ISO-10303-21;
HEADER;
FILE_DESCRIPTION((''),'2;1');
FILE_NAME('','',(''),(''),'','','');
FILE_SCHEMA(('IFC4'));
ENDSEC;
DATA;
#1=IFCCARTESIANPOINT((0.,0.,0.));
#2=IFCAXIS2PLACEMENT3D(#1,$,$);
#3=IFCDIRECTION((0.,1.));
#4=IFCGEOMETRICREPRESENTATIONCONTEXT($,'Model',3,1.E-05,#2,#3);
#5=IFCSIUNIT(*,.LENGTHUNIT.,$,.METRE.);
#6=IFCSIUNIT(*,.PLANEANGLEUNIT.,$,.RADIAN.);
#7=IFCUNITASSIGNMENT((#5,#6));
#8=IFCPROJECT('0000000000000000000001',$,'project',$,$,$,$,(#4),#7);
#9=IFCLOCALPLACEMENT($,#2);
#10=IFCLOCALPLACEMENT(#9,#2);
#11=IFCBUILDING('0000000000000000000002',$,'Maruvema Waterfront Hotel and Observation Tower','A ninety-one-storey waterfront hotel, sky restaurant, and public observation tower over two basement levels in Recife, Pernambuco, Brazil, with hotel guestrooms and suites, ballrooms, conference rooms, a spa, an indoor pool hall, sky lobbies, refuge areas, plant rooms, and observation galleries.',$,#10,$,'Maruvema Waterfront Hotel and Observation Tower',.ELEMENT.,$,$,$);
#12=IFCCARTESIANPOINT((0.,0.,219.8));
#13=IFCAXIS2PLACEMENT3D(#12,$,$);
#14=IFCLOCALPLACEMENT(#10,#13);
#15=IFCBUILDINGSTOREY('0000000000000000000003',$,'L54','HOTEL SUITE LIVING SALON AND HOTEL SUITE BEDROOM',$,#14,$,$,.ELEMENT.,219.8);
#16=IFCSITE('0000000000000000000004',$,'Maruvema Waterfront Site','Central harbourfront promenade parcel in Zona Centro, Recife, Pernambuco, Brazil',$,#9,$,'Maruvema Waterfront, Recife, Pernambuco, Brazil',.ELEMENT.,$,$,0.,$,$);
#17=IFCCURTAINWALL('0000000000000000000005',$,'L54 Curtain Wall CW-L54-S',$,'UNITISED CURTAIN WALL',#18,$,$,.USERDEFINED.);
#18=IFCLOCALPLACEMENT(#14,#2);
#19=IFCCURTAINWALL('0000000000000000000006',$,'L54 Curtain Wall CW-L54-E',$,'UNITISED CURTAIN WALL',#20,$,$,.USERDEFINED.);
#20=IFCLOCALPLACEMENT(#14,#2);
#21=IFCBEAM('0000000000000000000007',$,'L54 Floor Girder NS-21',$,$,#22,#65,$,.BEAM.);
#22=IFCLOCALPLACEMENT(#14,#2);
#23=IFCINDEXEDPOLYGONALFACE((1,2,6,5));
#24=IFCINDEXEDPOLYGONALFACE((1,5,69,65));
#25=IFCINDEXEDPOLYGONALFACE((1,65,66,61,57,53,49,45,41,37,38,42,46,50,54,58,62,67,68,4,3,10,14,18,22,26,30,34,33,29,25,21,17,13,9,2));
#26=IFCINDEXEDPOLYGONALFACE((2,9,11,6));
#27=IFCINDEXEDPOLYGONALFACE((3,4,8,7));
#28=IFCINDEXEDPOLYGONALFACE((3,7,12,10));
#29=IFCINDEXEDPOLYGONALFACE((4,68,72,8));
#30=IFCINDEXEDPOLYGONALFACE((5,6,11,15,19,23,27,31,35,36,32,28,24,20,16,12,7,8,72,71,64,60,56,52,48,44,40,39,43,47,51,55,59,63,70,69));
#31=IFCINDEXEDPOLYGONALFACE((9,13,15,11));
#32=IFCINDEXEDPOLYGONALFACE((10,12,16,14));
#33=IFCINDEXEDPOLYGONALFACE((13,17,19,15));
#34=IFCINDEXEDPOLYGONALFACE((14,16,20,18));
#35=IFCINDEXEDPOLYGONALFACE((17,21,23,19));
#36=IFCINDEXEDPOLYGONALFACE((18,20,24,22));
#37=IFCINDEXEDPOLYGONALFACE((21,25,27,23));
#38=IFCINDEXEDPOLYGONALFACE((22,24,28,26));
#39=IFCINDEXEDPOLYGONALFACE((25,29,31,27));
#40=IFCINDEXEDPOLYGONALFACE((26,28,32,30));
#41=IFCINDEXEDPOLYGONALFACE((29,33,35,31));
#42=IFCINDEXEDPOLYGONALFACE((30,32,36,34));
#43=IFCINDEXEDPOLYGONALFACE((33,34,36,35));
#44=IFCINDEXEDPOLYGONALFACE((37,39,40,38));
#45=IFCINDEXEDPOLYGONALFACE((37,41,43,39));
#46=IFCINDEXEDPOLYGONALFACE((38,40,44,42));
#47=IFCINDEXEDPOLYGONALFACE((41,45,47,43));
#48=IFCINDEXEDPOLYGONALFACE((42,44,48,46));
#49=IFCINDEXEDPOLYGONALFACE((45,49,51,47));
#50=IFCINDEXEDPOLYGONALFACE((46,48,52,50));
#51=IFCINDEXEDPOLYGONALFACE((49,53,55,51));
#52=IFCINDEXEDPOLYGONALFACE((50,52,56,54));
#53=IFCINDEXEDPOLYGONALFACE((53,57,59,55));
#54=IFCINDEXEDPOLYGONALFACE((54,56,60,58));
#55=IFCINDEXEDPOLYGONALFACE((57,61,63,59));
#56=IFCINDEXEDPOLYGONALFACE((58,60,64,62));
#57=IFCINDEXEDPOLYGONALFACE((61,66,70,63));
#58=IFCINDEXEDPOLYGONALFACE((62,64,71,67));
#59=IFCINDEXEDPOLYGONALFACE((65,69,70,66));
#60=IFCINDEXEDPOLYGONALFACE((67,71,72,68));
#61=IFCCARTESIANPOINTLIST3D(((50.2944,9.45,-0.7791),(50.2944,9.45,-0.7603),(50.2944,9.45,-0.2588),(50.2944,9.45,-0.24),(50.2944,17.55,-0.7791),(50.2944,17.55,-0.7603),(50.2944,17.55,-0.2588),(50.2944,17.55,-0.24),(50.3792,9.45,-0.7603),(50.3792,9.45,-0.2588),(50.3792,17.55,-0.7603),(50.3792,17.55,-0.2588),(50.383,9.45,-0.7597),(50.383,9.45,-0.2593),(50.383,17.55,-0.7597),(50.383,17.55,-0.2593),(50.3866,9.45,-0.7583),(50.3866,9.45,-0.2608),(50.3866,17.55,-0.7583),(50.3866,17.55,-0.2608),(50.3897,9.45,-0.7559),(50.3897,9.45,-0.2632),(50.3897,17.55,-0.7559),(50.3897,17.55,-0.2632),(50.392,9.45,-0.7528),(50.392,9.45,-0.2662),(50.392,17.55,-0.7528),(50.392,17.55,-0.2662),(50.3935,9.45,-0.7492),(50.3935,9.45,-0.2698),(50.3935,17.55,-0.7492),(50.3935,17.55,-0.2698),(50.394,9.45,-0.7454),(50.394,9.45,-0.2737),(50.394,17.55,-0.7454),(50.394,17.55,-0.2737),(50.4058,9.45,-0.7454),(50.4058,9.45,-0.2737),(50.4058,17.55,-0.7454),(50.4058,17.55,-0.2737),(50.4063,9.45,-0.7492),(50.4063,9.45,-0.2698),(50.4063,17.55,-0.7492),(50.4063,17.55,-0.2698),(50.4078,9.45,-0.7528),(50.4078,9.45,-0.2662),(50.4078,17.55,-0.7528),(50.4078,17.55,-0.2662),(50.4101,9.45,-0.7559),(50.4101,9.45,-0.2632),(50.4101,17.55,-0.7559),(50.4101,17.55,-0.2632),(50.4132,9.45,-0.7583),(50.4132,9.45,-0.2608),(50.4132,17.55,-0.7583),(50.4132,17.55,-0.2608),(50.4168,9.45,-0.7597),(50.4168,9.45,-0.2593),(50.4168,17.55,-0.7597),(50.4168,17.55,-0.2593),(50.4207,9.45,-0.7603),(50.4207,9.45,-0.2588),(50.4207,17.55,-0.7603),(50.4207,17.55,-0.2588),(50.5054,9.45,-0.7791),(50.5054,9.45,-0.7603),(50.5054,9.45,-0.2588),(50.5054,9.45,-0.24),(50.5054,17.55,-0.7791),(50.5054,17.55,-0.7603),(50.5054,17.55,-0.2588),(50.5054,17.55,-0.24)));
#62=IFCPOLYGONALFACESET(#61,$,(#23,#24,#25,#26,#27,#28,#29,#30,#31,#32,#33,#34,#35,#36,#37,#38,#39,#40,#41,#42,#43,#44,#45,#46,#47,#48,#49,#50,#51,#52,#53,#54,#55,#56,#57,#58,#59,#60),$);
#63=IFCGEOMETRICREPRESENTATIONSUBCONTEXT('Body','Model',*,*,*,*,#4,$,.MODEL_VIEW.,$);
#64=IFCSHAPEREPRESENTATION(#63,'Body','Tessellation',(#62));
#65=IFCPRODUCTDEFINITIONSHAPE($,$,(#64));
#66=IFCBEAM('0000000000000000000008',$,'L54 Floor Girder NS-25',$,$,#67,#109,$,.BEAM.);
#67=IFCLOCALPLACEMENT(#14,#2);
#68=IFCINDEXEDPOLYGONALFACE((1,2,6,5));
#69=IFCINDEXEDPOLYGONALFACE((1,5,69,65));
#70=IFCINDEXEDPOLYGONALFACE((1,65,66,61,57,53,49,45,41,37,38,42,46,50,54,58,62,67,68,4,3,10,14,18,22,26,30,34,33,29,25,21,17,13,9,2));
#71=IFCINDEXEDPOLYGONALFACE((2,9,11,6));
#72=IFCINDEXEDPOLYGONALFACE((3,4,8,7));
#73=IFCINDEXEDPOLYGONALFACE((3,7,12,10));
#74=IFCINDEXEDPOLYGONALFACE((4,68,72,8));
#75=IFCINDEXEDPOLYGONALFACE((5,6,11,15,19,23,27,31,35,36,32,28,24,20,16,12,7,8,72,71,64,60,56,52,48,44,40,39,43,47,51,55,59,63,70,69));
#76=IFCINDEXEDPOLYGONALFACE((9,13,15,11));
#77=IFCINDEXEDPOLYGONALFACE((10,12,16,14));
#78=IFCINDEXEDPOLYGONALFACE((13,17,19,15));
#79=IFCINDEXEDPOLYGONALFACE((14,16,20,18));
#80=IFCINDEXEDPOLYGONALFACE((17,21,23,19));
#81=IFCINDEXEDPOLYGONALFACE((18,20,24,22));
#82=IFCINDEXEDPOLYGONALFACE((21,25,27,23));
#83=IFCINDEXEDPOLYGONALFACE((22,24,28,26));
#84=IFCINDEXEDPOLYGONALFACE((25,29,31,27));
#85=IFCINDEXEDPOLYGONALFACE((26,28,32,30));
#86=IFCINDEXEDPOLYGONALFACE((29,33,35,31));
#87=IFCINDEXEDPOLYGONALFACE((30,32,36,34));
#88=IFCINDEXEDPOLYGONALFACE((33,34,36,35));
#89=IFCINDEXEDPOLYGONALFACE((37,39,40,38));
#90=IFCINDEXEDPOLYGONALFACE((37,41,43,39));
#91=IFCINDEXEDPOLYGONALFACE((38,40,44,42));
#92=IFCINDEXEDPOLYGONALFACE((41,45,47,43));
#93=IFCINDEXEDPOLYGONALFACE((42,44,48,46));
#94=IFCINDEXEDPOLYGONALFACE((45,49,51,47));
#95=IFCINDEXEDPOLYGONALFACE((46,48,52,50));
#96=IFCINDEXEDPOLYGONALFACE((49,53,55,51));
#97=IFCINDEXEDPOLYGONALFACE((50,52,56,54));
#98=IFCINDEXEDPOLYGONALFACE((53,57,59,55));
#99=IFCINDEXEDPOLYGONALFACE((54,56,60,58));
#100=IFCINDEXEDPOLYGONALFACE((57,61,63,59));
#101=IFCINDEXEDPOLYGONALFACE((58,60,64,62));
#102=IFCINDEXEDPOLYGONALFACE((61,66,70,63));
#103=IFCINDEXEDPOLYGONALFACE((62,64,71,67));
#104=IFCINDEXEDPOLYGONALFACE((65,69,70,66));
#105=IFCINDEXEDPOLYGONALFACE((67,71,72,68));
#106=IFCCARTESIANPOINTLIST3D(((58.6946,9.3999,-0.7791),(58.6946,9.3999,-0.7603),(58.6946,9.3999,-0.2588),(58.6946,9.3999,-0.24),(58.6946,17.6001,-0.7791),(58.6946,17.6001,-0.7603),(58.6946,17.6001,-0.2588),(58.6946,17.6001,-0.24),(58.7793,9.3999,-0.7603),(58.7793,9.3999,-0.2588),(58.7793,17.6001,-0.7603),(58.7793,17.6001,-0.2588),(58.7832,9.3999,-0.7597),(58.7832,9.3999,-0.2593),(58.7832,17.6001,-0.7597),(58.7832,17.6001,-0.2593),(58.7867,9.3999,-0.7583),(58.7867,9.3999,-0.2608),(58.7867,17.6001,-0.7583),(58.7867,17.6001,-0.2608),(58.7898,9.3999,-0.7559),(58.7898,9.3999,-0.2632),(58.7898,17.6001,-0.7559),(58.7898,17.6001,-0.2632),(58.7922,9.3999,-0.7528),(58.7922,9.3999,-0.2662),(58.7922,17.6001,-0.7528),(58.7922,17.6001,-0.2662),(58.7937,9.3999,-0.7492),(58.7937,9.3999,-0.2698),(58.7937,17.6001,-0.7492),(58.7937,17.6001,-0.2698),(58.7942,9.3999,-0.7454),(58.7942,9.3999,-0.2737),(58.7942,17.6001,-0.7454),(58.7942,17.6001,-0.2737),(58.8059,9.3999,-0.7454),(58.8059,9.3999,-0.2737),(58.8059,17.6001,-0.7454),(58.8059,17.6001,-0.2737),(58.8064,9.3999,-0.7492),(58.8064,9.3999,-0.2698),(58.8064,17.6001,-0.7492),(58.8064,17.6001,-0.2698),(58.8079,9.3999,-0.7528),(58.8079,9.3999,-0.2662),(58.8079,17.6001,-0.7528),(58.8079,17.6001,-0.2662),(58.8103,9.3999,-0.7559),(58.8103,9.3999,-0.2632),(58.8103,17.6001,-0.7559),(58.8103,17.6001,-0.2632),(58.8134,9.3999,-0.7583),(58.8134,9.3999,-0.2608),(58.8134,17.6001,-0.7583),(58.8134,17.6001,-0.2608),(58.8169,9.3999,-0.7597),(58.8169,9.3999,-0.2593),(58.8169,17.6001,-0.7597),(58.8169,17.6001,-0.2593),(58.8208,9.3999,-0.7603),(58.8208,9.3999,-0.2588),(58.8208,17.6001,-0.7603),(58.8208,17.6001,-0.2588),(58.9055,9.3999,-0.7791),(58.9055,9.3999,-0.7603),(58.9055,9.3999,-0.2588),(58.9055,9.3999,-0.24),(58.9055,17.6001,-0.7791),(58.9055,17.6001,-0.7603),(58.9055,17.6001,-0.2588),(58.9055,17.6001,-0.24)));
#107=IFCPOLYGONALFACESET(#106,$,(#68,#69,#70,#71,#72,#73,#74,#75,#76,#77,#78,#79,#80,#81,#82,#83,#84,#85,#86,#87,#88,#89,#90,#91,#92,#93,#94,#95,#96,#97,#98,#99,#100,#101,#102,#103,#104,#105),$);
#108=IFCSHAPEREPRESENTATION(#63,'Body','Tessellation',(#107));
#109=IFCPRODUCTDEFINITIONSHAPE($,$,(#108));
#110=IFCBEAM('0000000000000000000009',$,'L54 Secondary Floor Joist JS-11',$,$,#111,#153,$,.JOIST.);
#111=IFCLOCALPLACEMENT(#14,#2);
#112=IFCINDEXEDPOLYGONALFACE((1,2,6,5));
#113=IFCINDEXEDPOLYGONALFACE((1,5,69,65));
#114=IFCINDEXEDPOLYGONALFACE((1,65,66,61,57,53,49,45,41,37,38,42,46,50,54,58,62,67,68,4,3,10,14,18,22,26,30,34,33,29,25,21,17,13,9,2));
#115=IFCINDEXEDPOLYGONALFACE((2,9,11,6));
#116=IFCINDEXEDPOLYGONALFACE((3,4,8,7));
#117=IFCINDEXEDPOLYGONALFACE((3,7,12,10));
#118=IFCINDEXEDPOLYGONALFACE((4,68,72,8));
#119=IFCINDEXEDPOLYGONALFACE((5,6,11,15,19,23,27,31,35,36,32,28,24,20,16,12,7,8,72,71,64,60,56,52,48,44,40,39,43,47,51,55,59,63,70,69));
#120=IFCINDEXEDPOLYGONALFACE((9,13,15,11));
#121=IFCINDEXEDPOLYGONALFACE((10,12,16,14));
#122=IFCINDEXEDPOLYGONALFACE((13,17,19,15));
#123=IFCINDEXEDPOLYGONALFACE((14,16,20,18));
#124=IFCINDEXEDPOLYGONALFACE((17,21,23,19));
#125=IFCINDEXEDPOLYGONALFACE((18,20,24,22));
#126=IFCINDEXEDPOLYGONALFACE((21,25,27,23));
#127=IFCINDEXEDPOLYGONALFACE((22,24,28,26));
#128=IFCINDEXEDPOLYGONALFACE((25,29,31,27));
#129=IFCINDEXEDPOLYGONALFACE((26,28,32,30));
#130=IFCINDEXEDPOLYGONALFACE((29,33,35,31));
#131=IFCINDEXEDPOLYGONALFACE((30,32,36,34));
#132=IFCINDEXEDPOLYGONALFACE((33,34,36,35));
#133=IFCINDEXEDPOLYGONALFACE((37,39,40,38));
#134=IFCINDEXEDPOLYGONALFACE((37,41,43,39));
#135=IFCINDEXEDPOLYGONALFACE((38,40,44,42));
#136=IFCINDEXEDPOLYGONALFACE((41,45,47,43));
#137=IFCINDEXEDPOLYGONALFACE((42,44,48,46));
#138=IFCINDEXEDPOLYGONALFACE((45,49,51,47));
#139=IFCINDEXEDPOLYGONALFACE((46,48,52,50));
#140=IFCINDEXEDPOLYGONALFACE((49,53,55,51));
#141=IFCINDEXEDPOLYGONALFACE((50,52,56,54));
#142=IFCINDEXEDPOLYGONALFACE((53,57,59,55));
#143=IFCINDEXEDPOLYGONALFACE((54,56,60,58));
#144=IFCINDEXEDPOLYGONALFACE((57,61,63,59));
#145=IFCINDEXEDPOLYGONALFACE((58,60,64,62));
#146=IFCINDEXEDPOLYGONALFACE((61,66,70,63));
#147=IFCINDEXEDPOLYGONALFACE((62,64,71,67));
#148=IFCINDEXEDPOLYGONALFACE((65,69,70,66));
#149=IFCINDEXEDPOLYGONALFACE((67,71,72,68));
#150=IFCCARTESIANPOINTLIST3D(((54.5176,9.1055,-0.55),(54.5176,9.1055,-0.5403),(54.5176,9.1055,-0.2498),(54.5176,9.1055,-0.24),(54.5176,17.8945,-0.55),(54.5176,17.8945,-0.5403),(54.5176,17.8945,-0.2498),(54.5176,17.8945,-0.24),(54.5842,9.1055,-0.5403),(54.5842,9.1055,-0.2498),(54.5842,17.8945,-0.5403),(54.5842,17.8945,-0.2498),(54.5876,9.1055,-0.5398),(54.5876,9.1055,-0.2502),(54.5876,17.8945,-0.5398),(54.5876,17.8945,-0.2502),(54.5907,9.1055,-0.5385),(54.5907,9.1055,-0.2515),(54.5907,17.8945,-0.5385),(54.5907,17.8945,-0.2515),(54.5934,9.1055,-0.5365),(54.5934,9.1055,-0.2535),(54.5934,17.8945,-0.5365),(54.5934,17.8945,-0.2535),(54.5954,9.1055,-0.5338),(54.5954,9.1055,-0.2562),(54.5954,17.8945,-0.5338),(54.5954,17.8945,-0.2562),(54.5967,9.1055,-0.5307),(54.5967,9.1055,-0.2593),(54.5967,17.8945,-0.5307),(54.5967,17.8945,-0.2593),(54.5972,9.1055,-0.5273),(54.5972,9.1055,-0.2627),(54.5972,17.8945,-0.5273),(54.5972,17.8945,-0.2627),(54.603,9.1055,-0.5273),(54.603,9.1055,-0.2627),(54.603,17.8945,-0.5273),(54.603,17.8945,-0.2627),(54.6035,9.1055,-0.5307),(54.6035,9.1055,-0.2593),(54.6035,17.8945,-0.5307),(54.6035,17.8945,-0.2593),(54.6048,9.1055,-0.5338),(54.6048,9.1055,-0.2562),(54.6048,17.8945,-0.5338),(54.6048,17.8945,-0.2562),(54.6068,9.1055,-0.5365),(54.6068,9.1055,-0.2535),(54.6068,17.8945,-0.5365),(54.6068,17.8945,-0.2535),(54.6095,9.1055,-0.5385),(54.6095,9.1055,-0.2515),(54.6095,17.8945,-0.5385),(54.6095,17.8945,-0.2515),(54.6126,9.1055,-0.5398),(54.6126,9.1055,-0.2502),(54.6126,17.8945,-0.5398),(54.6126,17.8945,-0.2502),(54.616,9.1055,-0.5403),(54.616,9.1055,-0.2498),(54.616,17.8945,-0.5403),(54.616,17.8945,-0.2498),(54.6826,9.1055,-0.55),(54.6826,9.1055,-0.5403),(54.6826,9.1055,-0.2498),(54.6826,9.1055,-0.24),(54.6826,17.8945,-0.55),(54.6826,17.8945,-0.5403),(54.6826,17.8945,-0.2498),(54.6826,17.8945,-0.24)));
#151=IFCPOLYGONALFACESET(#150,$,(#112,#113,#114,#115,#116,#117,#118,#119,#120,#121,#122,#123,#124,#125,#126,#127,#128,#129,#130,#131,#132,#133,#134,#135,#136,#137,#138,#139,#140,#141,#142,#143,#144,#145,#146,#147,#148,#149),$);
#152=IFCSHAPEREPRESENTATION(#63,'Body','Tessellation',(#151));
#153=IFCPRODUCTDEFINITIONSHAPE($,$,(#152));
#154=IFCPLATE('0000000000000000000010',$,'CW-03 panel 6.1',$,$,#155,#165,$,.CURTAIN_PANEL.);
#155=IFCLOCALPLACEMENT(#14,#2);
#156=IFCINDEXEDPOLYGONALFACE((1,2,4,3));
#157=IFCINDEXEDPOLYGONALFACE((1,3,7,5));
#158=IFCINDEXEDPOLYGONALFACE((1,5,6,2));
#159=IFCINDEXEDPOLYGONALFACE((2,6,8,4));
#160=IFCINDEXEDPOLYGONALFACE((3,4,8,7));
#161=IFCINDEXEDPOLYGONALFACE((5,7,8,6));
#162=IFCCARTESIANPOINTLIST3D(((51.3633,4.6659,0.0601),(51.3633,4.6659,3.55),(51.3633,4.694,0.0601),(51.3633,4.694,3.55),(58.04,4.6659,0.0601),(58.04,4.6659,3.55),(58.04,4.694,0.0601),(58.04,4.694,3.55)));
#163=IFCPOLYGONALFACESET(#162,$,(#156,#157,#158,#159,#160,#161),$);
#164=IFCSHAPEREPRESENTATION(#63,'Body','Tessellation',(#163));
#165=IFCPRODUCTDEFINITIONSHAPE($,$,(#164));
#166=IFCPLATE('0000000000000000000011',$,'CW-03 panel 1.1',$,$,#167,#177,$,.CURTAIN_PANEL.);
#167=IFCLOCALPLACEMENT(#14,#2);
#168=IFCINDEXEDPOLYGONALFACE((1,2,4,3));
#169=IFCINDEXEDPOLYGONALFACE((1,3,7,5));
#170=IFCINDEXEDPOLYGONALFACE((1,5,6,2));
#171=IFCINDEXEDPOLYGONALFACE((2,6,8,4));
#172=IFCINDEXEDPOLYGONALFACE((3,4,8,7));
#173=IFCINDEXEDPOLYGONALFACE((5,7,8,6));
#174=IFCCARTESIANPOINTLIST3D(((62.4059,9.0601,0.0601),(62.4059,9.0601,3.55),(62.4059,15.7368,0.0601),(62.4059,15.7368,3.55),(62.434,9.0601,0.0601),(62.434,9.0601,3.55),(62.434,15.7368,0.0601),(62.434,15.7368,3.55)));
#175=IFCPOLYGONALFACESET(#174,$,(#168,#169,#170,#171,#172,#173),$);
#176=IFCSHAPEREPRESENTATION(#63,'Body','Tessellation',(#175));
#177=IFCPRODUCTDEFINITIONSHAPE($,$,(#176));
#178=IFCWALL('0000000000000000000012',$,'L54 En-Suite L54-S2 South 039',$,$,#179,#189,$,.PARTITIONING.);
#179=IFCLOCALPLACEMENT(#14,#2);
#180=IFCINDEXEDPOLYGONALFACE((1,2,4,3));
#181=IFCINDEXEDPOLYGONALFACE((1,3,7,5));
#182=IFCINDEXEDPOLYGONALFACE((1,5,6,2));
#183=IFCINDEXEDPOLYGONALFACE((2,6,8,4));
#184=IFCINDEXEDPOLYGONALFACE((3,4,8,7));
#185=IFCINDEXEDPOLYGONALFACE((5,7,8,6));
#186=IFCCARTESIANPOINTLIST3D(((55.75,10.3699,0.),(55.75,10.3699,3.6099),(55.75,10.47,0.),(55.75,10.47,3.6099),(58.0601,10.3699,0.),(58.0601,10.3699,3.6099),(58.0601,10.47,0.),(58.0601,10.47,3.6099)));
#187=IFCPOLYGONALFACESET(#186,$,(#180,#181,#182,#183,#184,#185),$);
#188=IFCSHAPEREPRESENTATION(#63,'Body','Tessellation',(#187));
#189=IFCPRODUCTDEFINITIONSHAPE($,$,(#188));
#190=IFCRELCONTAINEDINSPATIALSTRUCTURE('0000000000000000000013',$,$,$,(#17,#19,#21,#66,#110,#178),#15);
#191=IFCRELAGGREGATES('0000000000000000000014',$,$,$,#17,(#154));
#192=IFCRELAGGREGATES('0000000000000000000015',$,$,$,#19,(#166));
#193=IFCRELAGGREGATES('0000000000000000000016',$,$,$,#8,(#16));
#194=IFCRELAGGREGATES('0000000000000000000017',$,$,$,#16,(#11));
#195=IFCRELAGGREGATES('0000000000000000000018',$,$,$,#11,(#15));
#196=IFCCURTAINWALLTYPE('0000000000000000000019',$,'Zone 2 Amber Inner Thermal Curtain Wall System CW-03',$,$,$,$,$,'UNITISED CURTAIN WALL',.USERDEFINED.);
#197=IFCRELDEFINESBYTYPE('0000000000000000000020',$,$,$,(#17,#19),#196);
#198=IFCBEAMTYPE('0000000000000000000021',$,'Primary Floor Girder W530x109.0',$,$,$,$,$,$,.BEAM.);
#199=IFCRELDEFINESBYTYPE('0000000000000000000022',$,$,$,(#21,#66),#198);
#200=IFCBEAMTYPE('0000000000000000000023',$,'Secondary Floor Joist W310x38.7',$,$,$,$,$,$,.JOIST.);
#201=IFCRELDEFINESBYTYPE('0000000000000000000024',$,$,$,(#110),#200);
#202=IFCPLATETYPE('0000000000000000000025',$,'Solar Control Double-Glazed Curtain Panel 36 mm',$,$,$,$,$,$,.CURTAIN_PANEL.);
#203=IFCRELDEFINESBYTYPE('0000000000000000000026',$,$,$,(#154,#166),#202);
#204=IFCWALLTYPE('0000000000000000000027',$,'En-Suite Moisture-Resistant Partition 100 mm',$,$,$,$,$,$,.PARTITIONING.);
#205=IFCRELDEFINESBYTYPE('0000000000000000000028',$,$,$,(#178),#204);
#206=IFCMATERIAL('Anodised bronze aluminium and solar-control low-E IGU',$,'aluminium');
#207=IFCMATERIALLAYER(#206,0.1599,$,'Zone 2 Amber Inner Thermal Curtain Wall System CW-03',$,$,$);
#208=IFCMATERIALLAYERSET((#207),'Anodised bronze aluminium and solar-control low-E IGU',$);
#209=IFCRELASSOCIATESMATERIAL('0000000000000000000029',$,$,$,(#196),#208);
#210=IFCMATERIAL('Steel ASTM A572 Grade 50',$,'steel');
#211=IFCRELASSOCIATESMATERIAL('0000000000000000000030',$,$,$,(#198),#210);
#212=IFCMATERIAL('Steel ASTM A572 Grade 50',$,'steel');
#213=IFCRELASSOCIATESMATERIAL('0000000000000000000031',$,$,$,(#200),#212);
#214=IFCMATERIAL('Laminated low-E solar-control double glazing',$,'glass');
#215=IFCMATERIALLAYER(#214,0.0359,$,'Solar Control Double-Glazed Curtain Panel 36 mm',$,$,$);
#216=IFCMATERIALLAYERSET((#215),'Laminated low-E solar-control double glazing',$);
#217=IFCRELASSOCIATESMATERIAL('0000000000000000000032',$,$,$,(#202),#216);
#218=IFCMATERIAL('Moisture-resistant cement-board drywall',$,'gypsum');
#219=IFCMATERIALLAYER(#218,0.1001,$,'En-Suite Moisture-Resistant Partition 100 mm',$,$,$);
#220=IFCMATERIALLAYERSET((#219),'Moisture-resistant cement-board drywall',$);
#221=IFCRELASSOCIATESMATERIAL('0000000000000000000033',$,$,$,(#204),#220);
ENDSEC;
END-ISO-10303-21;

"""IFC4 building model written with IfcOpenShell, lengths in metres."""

from ifc_helpers import new_model, si_unit, direction, frame, frame_2d, origin, origin_2d, place, context, subcontext, project, spatial, rectangle, i_section, extrude, material, layer, layer_set, material_profile, profile_set, type_object, element, aggregate, save


model = new_model("IFC4")

# Units and contexts
model_context = context("Model", 3, precision=1e-05, world=origin(), true_north=direction((0.0, 1.0)))
body_context = subcontext(model_context, "Body", "Model", "MODEL_VIEW")
ifc_project = project(units=[si_unit("LENGTHUNIT", "METRE"), si_unit("PLANEANGLEUNIT", "RADIAN")], contexts=[model_context])

# Site, building, storey
site_placement = place(None, origin())
site = spatial("IfcSite", under=ifc_project, at=site_placement, Name="Maruvema Waterfront Site", Description="Central harbourfront promenade parcel in Zona Centro, Recife, Pernambuco, Brazil", LongName="Maruvema Waterfront, Recife, Pernambuco, Brazil", CompositionType="ELEMENT", RefElevation=0.0)
building_placement = place(site_placement, origin())
building = spatial("IfcBuilding", under=site, at=building_placement, Name="Maruvema Waterfront Hotel and Observation Tower", Description="A ninety-one-storey waterfront hotel, sky restaurant, and public observation tower over two basement levels in Recife, Pernambuco, Brazil, with hotel guestrooms and suites, ballrooms, conference rooms, a spa, an indoor pool hall, sky lobbies, refuge areas, plant rooms, and observation galleries.", LongName="Maruvema Waterfront Hotel and Observation Tower", CompositionType="ELEMENT")
storey_placement = place(building_placement, frame((0.0, 0.0, 219.8)))
storey = spatial("IfcBuildingStorey", under=building, at=storey_placement, Name="L54", Description="HOTEL SUITE LIVING SALON AND HOTEL SUITE BEDROOM", CompositionType="ELEMENT", Elevation=219.8)

# Curtain walls
ifc_material_1 = material(Name="Anodised bronze aluminium and solar-control low-E IGU", Category="aluminium")
ifc_layer_1 = layer(ifc_material_1, 0.1599, Name="Zone 2 Amber Inner Thermal Curtain Wall System CW-03")
ifc_layer_set_1 = layer_set([ifc_layer_1], Name="Anodised bronze aluminium and solar-control low-E IGU")
curtain_wall_type = type_object("IfcCurtainWallType", Name="Zone 2 Amber Inner Thermal Curtain Wall System CW-03", ElementType="UNITISED CURTAIN WALL", PredefinedType="USERDEFINED", material=ifc_layer_set_1)
curtain_wall_1_placement = place(storey_placement, origin())
curtain_wall_1 = element("IfcCurtainWall", 1, at=curtain_wall_1_placement, inside=storey, type_object=curtain_wall_type, Name="L54 Curtain Wall CW-L54-S", ObjectType="UNITISED CURTAIN WALL", PredefinedType="USERDEFINED")
curtain_wall_2_placement = place(storey_placement, origin())
curtain_wall_2 = element("IfcCurtainWall", 2, at=curtain_wall_2_placement, inside=storey, type_object=curtain_wall_type, Name="L54 Curtain Wall CW-L54-E", ObjectType="UNITISED CURTAIN WALL", PredefinedType="USERDEFINED")

# Beams
ifc_material_2 = material(Name="Steel ASTM A572 Grade 50", Category="steel")
ifc_material_profile_1 = material_profile(ifc_material_2, i_section(OverallWidth=0.2109, OverallDepth=0.5391, WebThickness=0.0117, FlangeThickness=0.0188, FilletRadius=0.0149, at=origin_2d()), Name="W530x109.0")
ifc_profile_set_1 = profile_set([ifc_material_profile_1], Name="Steel ASTM A572 Grade 50")
beam_type_1 = type_object("IfcBeamType", Name="Primary Floor Girder W530x109.0", PredefinedType="BEAM", material=ifc_profile_set_1)
beam_1_placement = place(storey_placement, frame((50.3999, 9.45, -0.5095), z_axis=(0.0, 1.0, 0.0), x_axis=(-1.0, 0.0, 0.0)))
element("IfcBeam", 3, at=beam_1_placement, inside=storey, type_object=beam_type_1, Name="L54 Floor Girder NS-21", PredefinedType="BEAM", context=body_context, shape_type="SweptSolid", body=[
    extrude(i_section(OverallWidth=0.2109, OverallDepth=0.5391, WebThickness=0.0117, FlangeThickness=0.0188, FilletRadius=0.0149, at=origin_2d()), origin(), (0.0, 0.0, 1.0), 8.1001),
])
beam_2_placement = place(storey_placement, frame((58.8, 9.3999, -0.5095), z_axis=(0.0, 1.0, 0.0), x_axis=(-1.0, 0.0, 0.0)))
element("IfcBeam", 4, at=beam_2_placement, inside=storey, type_object=beam_type_1, Name="L54 Floor Girder NS-25", PredefinedType="BEAM", context=body_context, shape_type="SweptSolid", body=[
    extrude(i_section(OverallWidth=0.2109, OverallDepth=0.5391, WebThickness=0.0117, FlangeThickness=0.0188, FilletRadius=0.0149, at=origin_2d()), origin(), (0.0, 0.0, 1.0), 8.2002),
])
ifc_material_3 = material(Name="Steel ASTM A572 Grade 50", Category="steel")
ifc_material_profile_2 = material_profile(ifc_material_3, i_section(OverallWidth=0.165, OverallDepth=0.3101, WebThickness=0.0059, FlangeThickness=0.0098, FilletRadius=0.0129, at=origin_2d()), Name="W310x38.7")
ifc_profile_set_2 = profile_set([ifc_material_profile_2], Name="Steel ASTM A572 Grade 50")
beam_type_2 = type_object("IfcBeamType", Name="Secondary Floor Joist W310x38.7", PredefinedType="JOIST", material=ifc_profile_set_2)
beam_3_placement = place(storey_placement, frame((54.6001, 9.1055, -0.395), z_axis=(0.0, 1.0, 0.0), x_axis=(-1.0, 0.0, 0.0)))
element("IfcBeam", 5, at=beam_3_placement, inside=storey, type_object=beam_type_2, Name="L54 Secondary Floor Joist JS-11", PredefinedType="JOIST", context=body_context, shape_type="SweptSolid", body=[
    extrude(i_section(OverallWidth=0.165, OverallDepth=0.3101, WebThickness=0.0059, FlangeThickness=0.0098, FilletRadius=0.0129, at=origin_2d()), origin(), (0.0, 0.0, 1.0), 8.7891),
])

# Plates
ifc_material_4 = material(Name="Laminated low-E solar-control double glazing", Category="glass")
ifc_layer_2 = layer(ifc_material_4, 0.0359, Name="Solar Control Double-Glazed Curtain Panel 36 mm")
ifc_layer_set_2 = layer_set([ifc_layer_2], Name="Laminated low-E solar-control double glazing")
plate_type = type_object("IfcPlateType", Name="Solar Control Double-Glazed Curtain Panel 36 mm", PredefinedType="CURTAIN_PANEL", material=ifc_layer_set_2)
plate_1_placement = place(storey_placement, frame((54.7017, 4.6799, 0.0601), z_axis=(0.0, 0.0, 1.0), x_axis=(1.0, 0.0, 0.0)))
plate_1 = element("IfcPlate", 6, at=plate_1_placement, type_object=plate_type, Name="CW-03 panel 6.1", PredefinedType="CURTAIN_PANEL", context=body_context, shape_type="SweptSolid", body=[
    extrude(rectangle(XDim=6.6768, YDim=0.0281, at=origin_2d()), origin(), (0.0, 0.0, 1.0), 3.49),
])
aggregate(curtain_wall_1, [plate_1])
plate_2_placement = place(storey_placement, frame((62.4199, 12.3984, 0.0601), z_axis=(0.0, 0.0, 1.0), x_axis=(0.0, 1.0, 0.0)))
plate_2 = element("IfcPlate", 7, at=plate_2_placement, type_object=plate_type, Name="CW-03 panel 1.1", PredefinedType="CURTAIN_PANEL", context=body_context, shape_type="SweptSolid", body=[
    extrude(rectangle(XDim=6.6768, YDim=0.0281, at=origin_2d()), origin(), (0.0, 0.0, 1.0), 3.49),
])
aggregate(curtain_wall_2, [plate_2])

# Wall
ifc_material_5 = material(Name="Moisture-resistant cement-board drywall", Category="gypsum")
ifc_layer_3 = layer(ifc_material_5, 0.1001, Name="En-Suite Moisture-Resistant Partition 100 mm")
ifc_layer_set_3 = layer_set([ifc_layer_3], Name="Moisture-resistant cement-board drywall")
wall_type_1 = type_object("IfcWallType", Name="En-Suite Moisture-Resistant Partition 100 mm", PredefinedType="PARTITIONING", material=ifc_layer_set_3)
wall_1_placement = place(storey_placement, frame((55.75, 10.4199, 0.0), z_axis=(0.0, 0.0, 1.0), x_axis=(1.0, 0.0, 0.0)))
element("IfcWall", 8, at=wall_1_placement, inside=storey, type_object=wall_type_1, Name="L54 En-Suite L54-S2 South 039", PredefinedType="PARTITIONING", context=body_context, shape_type="SweptSolid", body=[
    extrude(rectangle(XDim=2.3101, YDim=0.1001, at=frame_2d((1.155, 0.0))), origin(), (0.0, 0.0, 1.0), 3.6099),
])

save(model, "model.ifc")
